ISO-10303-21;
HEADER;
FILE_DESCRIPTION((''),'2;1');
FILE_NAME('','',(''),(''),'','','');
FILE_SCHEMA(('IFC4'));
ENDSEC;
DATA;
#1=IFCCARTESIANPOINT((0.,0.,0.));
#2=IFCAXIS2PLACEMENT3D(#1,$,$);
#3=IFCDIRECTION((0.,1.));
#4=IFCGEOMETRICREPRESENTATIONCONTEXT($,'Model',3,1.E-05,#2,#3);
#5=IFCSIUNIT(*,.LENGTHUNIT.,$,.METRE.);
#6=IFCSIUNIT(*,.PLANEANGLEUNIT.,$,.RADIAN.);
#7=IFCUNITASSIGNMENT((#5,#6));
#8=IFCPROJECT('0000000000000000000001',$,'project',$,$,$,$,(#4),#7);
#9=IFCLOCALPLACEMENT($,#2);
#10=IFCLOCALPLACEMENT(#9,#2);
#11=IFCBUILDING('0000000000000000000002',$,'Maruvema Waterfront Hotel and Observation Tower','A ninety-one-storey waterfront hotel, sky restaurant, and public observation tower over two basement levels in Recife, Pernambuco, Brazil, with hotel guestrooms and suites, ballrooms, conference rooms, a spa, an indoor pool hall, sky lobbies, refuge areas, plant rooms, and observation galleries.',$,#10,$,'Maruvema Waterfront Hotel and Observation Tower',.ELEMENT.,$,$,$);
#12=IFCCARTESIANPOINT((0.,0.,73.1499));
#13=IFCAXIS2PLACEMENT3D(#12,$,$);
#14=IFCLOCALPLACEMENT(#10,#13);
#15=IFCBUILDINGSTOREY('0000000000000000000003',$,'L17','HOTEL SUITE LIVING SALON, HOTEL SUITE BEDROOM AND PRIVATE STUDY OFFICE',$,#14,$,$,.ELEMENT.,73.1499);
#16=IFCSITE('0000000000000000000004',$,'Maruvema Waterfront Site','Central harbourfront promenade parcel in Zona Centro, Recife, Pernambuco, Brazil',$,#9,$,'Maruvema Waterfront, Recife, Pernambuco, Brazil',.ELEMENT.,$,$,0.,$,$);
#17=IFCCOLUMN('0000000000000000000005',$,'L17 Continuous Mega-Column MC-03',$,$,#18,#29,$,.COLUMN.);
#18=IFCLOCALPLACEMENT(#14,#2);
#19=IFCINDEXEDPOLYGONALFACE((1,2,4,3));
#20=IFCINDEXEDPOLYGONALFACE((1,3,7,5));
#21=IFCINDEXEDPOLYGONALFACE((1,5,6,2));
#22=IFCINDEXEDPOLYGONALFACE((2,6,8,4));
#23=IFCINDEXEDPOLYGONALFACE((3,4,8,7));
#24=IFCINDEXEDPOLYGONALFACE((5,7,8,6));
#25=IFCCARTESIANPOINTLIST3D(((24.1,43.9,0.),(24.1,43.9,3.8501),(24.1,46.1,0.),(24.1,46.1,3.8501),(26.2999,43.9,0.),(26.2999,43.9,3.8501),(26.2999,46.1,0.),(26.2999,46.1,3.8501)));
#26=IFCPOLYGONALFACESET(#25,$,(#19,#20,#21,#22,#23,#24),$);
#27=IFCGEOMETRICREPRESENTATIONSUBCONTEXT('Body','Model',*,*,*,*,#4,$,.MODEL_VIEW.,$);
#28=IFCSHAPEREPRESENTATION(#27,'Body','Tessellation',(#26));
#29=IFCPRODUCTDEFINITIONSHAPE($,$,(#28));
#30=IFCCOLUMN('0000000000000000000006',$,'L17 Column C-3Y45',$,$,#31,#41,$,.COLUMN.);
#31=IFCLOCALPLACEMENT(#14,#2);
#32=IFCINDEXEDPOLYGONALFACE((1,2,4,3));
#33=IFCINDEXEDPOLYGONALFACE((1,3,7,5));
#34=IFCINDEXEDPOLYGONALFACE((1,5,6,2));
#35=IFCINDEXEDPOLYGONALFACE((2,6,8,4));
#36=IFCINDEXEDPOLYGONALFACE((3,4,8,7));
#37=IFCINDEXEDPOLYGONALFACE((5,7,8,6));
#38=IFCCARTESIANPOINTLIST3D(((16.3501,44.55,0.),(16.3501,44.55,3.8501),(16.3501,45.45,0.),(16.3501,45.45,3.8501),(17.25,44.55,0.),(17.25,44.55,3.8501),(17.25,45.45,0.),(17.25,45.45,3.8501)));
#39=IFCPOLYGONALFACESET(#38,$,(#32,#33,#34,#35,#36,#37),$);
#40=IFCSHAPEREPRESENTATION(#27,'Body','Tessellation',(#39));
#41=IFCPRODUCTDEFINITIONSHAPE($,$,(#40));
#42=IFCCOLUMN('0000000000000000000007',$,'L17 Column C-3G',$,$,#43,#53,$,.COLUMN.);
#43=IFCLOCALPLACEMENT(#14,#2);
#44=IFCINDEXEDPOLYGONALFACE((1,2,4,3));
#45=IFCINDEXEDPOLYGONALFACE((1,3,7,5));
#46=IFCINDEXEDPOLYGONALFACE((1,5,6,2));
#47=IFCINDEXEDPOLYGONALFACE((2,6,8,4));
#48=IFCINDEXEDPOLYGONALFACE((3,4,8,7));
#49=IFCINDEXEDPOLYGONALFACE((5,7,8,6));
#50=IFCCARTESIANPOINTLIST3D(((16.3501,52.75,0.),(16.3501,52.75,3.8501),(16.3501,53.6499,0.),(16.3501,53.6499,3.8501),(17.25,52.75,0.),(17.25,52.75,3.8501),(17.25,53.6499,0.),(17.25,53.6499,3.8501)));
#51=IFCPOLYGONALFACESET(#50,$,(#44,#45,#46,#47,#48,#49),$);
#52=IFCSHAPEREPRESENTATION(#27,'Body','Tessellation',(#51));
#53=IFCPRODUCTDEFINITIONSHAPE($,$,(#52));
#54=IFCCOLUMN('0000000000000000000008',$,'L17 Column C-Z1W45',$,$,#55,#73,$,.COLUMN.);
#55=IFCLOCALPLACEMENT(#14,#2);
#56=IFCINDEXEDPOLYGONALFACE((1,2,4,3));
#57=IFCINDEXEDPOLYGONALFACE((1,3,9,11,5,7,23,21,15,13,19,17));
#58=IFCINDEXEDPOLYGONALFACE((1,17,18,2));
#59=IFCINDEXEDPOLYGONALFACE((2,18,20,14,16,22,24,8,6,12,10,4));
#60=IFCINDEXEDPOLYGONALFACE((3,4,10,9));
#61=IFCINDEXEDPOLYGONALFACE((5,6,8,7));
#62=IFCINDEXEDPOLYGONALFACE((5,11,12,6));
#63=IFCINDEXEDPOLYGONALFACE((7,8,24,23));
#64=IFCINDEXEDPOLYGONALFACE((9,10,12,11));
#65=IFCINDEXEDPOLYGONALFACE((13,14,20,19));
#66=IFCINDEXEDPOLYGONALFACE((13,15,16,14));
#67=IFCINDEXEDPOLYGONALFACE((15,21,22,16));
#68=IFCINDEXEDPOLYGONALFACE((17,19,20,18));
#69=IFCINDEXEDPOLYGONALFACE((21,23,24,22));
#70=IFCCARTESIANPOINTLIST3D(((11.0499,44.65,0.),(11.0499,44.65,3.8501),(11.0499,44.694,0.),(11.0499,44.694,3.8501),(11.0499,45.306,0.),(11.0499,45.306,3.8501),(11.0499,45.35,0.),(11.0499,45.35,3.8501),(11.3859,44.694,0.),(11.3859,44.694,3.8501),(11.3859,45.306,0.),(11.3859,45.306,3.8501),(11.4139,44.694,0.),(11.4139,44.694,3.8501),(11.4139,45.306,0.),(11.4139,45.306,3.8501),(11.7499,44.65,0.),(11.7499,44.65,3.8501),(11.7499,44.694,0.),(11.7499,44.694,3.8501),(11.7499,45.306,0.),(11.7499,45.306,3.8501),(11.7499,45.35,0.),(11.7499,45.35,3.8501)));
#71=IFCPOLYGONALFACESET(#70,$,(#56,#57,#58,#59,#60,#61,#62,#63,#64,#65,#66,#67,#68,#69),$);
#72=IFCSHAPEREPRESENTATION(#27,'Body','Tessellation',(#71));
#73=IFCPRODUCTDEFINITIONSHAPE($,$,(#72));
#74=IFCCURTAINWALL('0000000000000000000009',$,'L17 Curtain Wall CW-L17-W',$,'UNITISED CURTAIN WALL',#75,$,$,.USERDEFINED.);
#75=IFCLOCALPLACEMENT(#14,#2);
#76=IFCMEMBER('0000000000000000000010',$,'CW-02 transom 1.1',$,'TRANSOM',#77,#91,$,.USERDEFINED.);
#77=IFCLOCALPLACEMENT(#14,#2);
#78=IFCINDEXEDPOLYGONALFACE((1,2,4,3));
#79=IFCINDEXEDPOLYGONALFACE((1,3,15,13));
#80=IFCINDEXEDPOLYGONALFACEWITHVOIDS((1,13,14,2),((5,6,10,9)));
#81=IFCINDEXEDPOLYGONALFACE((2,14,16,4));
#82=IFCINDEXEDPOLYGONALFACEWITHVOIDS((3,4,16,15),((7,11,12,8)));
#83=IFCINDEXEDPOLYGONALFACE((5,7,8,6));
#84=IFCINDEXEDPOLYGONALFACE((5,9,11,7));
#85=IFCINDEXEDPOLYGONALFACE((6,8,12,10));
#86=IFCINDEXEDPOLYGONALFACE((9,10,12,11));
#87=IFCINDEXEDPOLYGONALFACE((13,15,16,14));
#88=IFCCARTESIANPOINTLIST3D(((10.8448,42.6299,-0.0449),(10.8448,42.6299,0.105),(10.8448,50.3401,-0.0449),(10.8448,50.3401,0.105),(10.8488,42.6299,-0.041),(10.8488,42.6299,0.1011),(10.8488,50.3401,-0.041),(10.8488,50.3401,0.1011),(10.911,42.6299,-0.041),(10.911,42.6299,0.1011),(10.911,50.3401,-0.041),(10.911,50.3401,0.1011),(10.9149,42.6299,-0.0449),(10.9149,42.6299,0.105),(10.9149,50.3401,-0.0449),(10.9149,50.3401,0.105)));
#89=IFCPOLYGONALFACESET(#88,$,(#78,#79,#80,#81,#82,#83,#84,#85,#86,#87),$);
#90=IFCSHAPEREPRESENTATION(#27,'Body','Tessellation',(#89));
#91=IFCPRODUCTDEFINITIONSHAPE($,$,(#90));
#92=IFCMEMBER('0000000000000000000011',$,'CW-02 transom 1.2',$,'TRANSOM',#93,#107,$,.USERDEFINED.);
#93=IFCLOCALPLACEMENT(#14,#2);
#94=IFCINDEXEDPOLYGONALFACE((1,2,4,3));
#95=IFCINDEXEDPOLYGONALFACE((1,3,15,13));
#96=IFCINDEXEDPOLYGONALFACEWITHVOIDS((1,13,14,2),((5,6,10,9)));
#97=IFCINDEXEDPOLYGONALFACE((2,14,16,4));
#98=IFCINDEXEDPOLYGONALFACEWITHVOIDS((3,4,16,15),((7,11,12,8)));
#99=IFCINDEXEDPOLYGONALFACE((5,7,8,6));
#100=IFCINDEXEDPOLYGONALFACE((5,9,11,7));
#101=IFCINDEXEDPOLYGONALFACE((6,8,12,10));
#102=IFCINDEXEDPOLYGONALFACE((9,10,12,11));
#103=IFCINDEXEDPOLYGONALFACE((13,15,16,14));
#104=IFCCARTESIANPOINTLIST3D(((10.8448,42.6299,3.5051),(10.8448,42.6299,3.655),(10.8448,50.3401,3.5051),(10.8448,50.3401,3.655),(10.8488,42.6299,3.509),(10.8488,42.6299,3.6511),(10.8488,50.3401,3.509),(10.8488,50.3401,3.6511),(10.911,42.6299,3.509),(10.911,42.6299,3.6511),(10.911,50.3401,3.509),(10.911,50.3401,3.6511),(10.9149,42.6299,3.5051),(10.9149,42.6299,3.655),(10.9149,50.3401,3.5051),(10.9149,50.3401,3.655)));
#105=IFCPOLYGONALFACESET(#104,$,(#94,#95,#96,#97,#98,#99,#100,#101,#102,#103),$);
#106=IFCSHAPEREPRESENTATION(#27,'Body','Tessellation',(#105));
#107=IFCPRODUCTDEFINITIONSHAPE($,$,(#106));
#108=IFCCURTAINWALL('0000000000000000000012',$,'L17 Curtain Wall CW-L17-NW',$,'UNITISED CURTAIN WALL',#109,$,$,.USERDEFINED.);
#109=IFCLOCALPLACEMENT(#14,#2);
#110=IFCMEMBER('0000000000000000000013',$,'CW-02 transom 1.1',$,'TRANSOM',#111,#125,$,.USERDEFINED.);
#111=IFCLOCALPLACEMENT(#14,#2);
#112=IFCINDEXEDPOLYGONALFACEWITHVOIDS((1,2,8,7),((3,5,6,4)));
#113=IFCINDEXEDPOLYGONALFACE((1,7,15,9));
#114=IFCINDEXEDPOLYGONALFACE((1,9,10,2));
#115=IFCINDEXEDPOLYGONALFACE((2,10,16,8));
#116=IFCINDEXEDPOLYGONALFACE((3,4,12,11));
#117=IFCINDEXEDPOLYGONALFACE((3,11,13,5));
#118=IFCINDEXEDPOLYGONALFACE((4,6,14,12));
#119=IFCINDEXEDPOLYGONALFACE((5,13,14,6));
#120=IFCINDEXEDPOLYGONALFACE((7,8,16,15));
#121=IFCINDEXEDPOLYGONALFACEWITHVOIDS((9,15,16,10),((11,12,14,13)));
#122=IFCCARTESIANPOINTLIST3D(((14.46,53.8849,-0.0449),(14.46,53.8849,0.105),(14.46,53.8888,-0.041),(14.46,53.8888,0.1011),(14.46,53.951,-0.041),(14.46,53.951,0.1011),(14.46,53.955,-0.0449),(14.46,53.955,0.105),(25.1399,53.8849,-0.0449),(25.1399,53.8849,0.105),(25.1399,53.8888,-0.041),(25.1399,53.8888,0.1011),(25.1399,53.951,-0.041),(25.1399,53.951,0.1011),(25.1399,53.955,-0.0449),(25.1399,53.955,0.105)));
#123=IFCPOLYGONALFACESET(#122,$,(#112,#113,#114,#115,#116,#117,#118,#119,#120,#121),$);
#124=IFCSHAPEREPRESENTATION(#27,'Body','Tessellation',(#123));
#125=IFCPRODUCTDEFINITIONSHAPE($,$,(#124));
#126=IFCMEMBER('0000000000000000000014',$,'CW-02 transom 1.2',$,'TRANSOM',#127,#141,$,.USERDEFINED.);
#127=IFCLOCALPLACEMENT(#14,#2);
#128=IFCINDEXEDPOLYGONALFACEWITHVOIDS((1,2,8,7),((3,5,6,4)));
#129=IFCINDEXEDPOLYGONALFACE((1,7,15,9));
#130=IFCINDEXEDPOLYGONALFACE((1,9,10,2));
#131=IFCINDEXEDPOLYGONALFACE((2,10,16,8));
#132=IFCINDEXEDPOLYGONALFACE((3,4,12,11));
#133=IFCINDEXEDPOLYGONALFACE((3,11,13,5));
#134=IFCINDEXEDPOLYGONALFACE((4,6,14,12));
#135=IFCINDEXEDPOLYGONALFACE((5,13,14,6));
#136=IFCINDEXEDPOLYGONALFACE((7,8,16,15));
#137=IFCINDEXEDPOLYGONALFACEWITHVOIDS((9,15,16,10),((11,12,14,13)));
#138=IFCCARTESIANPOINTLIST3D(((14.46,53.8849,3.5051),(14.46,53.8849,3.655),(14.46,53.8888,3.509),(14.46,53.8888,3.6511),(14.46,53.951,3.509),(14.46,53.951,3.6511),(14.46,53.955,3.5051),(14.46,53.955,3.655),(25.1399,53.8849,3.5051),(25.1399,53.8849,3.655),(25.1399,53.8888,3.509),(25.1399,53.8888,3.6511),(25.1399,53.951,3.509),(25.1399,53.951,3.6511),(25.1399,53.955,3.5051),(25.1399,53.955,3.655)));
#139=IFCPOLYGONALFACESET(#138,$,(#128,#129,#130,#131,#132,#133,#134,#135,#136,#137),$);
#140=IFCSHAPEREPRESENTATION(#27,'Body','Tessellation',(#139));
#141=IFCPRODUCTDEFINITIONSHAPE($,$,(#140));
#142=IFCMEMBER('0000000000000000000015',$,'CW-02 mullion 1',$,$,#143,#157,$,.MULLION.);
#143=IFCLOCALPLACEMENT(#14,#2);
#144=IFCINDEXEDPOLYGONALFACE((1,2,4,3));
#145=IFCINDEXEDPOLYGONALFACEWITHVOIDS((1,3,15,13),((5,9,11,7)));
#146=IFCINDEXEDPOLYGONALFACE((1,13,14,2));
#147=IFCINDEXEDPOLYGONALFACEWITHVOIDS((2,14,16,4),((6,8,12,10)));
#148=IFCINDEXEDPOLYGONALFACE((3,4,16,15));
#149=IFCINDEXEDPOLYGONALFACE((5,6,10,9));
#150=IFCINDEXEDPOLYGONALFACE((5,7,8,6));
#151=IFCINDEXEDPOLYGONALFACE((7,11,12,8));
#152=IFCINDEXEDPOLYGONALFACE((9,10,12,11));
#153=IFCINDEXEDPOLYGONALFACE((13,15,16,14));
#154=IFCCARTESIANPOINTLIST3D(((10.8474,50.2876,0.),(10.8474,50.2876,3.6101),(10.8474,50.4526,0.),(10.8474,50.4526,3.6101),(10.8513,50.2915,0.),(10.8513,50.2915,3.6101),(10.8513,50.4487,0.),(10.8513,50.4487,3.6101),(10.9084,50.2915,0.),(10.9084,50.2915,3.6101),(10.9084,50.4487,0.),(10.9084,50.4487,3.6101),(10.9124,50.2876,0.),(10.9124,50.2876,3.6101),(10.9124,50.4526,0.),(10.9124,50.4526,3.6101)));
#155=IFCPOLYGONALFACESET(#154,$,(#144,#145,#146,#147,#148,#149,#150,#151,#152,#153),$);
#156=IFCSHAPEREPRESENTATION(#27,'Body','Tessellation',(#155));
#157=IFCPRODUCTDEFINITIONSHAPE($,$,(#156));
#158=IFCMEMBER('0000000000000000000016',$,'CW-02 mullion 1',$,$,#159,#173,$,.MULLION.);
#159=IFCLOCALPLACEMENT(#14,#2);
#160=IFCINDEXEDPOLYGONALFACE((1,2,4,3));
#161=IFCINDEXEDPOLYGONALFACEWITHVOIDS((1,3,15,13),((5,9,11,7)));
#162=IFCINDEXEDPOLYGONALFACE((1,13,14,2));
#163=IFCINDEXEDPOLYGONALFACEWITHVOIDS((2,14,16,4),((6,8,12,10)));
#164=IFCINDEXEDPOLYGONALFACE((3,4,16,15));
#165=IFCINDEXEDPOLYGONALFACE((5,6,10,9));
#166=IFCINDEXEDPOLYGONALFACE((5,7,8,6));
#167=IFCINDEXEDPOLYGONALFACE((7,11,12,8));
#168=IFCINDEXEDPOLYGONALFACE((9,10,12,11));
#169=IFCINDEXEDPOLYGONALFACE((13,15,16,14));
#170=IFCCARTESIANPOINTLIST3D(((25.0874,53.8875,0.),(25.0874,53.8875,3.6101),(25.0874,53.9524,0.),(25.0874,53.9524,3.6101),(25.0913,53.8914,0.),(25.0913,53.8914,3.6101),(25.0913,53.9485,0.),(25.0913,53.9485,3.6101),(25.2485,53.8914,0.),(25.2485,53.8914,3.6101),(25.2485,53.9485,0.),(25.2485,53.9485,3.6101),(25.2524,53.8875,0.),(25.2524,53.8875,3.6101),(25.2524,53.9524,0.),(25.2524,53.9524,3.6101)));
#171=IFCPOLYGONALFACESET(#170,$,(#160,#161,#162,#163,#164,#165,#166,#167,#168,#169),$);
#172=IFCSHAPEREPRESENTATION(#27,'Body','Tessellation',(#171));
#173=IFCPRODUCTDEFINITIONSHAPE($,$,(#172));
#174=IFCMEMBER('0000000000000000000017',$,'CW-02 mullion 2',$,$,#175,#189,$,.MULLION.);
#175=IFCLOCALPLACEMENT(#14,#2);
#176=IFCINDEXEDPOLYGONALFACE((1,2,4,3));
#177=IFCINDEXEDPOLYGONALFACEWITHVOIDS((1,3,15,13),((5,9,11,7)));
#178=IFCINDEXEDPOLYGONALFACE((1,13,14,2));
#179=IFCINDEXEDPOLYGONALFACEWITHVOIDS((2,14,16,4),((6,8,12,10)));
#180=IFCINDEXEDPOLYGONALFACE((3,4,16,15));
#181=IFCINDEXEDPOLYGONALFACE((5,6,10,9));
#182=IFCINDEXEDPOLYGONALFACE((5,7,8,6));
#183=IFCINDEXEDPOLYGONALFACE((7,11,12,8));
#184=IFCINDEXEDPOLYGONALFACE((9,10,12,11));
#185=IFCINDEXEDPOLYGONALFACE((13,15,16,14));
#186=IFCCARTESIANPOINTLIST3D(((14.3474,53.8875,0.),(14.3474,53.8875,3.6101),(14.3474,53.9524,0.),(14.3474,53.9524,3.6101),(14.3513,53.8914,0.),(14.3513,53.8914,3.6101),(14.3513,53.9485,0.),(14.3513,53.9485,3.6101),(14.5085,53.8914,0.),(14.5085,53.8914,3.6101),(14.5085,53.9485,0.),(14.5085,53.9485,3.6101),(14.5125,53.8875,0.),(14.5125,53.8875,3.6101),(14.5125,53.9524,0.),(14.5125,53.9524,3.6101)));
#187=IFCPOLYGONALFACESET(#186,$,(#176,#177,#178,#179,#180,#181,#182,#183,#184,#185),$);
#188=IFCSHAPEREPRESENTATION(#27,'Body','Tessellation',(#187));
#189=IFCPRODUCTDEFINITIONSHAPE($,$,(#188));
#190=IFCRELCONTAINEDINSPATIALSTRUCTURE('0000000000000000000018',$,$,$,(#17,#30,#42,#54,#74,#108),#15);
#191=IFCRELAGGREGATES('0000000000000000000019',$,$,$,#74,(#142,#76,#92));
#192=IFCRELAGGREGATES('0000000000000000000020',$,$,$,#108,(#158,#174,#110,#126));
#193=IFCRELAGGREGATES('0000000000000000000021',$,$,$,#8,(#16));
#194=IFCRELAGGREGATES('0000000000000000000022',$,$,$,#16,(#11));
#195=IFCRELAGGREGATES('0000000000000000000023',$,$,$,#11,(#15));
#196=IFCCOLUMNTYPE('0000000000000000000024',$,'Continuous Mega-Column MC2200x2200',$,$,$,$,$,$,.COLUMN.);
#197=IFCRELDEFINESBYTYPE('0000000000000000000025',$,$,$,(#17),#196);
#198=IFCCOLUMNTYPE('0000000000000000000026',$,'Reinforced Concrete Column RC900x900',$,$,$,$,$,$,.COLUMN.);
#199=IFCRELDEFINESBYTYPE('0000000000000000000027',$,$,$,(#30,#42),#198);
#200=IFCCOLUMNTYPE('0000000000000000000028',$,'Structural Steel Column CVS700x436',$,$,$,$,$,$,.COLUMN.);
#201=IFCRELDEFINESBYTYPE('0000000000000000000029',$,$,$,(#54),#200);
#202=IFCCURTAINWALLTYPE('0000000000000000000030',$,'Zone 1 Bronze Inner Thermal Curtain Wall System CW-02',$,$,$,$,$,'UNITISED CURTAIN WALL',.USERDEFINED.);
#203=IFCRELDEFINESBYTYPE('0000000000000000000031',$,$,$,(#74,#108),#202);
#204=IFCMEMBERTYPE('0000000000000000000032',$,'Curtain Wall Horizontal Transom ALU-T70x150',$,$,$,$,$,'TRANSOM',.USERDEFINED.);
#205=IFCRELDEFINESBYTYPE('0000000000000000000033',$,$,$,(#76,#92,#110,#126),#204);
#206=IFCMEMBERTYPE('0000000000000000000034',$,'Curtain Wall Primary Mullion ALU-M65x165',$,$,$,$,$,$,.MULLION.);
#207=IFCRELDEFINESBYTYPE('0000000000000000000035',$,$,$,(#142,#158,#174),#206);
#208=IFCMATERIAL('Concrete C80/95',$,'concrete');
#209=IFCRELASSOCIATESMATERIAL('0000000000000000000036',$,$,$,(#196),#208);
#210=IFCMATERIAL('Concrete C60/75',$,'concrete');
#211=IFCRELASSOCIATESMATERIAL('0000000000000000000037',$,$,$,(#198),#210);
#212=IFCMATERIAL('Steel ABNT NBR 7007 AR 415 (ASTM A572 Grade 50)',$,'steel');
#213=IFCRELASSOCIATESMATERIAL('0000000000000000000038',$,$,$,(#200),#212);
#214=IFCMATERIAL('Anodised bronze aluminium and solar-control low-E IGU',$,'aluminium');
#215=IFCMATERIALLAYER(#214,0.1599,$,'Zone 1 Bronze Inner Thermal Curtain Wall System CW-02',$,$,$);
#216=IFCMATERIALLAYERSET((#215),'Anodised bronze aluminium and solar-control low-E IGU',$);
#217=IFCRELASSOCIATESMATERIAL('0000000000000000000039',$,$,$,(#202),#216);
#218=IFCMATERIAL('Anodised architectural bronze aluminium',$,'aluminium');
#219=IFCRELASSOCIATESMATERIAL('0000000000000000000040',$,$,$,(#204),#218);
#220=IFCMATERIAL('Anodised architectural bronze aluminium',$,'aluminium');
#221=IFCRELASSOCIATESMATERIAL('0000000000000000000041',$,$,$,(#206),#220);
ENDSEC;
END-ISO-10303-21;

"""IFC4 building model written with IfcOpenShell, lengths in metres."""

from ifc_helpers import new_model, si_unit, direction, frame, origin, origin_2d, place, context, subcontext, project, spatial, rectangle, hollow_rectangle, i_section, extrude, material, layer, layer_set, material_profile, profile_set, type_object, element, aggregate, save


model = new_model("IFC4")

# Units and contexts
model_context = context("Model", 3, precision=1e-05, world=origin(), true_north=direction((0.0, 1.0)))
body_context = subcontext(model_context, "Body", "Model", "MODEL_VIEW")
ifc_project = project(units=[si_unit("LENGTHUNIT", "METRE"), si_unit("PLANEANGLEUNIT", "RADIAN")], contexts=[model_context])

# Site, building, storey
site_placement = place(None, origin())
site = spatial("IfcSite", under=ifc_project, at=site_placement, Name="Maruvema Waterfront Site", Description="Central harbourfront promenade parcel in Zona Centro, Recife, Pernambuco, Brazil", LongName="Maruvema Waterfront, Recife, Pernambuco, Brazil", CompositionType="ELEMENT", RefElevation=0.0)
building_placement = place(site_placement, origin())
building = spatial("IfcBuilding", under=site, at=building_placement, Name="Maruvema Waterfront Hotel and Observation Tower", Description="A ninety-one-storey waterfront hotel, sky restaurant, and public observation tower over two basement levels in Recife, Pernambuco, Brazil, with hotel guestrooms and suites, ballrooms, conference rooms, a spa, an indoor pool hall, sky lobbies, refuge areas, plant rooms, and observation galleries.", LongName="Maruvema Waterfront Hotel and Observation Tower", CompositionType="ELEMENT")
storey_placement = place(building_placement, frame((0.0, 0.0, 73.1499)))
storey = spatial("IfcBuildingStorey", under=building, at=storey_placement, Name="L17", Description="HOTEL SUITE LIVING SALON, HOTEL SUITE BEDROOM AND PRIVATE STUDY OFFICE", CompositionType="ELEMENT", Elevation=73.1499)

# Columns
ifc_material_1 = material(Name="Concrete C80/95", Category="concrete")
ifc_material_profile_1 = material_profile(ifc_material_1, rectangle(XDim=2.2, YDim=2.2, at=origin_2d()), Name="MC2200x2200")
ifc_profile_set_1 = profile_set([ifc_material_profile_1], Name="Concrete C80/95")
column_type_1 = type_object("IfcColumnType", Name="Continuous Mega-Column MC2200x2200", PredefinedType="COLUMN", material=ifc_profile_set_1)
column_1_placement = place(storey_placement, frame((25.2, 45.0, 0.0), z_axis=(0.0, 0.0, 1.0), x_axis=(1.0, 0.0, 0.0)))
element("IfcColumn", 1, at=column_1_placement, inside=storey, type_object=column_type_1, Name="L17 Continuous Mega-Column MC-03", PredefinedType="COLUMN", context=body_context, shape_type="SweptSolid", body=[
    extrude(rectangle(XDim=2.2, YDim=2.2, at=origin_2d()), origin(), (0.0, 0.0, 1.0), 3.8501),
])
ifc_material_2 = material(Name="Concrete C60/75", Category="concrete")
ifc_material_profile_2 = material_profile(ifc_material_2, rectangle(XDim=0.8999, YDim=0.8999, at=origin_2d()), Name="RC900x900")
ifc_profile_set_2 = profile_set([ifc_material_profile_2], Name="Concrete C60/75")
column_type_2 = type_object("IfcColumnType", Name="Reinforced Concrete Column RC900x900", PredefinedType="COLUMN", material=ifc_profile_set_2)
for number, where, z_axis, x_axis, name in (
    (2, (16.8, 45.0, 0.0), (0.0, 0.0, 1.0), (1.0, 0.0, 0.0), "L17 Column C-3Y45"),
    (3, (16.8, 53.2, 0.0), (0.0, 0.0, 1.0), (1.0, 0.0, 0.0), "L17 Column C-3G"),
):
    element("IfcColumn", number, at=place(storey_placement, frame(where, z_axis=z_axis, x_axis=x_axis)), inside=storey, type_object=column_type_2, Name=name, PredefinedType="COLUMN", context=body_context, shape_type="SweptSolid", body=[
        extrude(rectangle(XDim=0.8999, YDim=0.8999, at=origin_2d()), origin(), (0.0, 0.0, 1.0), 3.8501),
    ])
ifc_material_3 = material(Name="Steel ABNT NBR 7007 AR 415 (ASTM A572 Grade 50)", Category="steel")
ifc_material_profile_3 = material_profile(ifc_material_3, i_section(OverallWidth=0.7, OverallDepth=0.7, WebThickness=0.0281, FlangeThickness=0.0439, at=origin_2d()), Name="CVS700x436")
ifc_profile_set_3 = profile_set([ifc_material_profile_3], Name="Steel ABNT NBR 7007 AR 415 (ASTM A572 Grade 50)")
column_type_3 = type_object("IfcColumnType", Name="Structural Steel Column CVS700x436", PredefinedType="COLUMN", material=ifc_profile_set_3)
column_2_placement = place(storey_placement, frame((11.3999, 45.0, 0.0), z_axis=(0.0, 0.0, 1.0), x_axis=(1.0, 0.0, 0.0)))
element("IfcColumn", 4, at=column_2_placement, inside=storey, type_object=column_type_3, Name="L17 Column C-Z1W45", PredefinedType="COLUMN", context=body_context, shape_type="SweptSolid", body=[
    extrude(i_section(OverallWidth=0.7, OverallDepth=0.7, WebThickness=0.0281, FlangeThickness=0.0439, at=origin_2d()), origin(), (0.0, 0.0, 1.0), 3.8501),
])

# Curtain walls, members
ifc_material_4 = material(Name="Anodised bronze aluminium and solar-control low-E IGU", Category="aluminium")
ifc_layer_1 = layer(ifc_material_4, 0.1599, Name="Zone 1 Bronze Inner Thermal Curtain Wall System CW-02")
ifc_layer_set_1 = layer_set([ifc_layer_1], Name="Anodised bronze aluminium and solar-control low-E IGU")
curtain_wall_type = type_object("IfcCurtainWallType", Name="Zone 1 Bronze Inner Thermal Curtain Wall System CW-02", ElementType="UNITISED CURTAIN WALL", PredefinedType="USERDEFINED", material=ifc_layer_set_1)
curtain_wall_1_placement = place(storey_placement, origin())
curtain_wall_1 = element("IfcCurtainWall", 5, at=curtain_wall_1_placement, inside=storey, type_object=curtain_wall_type, Name="L17 Curtain Wall CW-L17-W", ObjectType="UNITISED CURTAIN WALL", PredefinedType="USERDEFINED")
ifc_material_5 = material(Name="Anodised architectural bronze aluminium", Category="aluminium")
ifc_material_profile_4 = material_profile(ifc_material_5, hollow_rectangle(XDim=0.0701, YDim=0.1499, WallThickness=0.0039, at=origin_2d()), Name="ALU-T70x150")
ifc_profile_set_4 = profile_set([ifc_material_profile_4], Name="Anodised architectural bronze aluminium")
member_type_1 = type_object("IfcMemberType", Name="Curtain Wall Horizontal Transom ALU-T70x150", ElementType="TRANSOM", PredefinedType="USERDEFINED", material=ifc_profile_set_4)
member_1_placement = place(storey_placement, frame((10.8799, 50.3401, 0.03), z_axis=(0.0, -1.0, 0.0), x_axis=(1.0, 0.0, 0.0)))
member_1 = element("IfcMember", 6, at=member_1_placement, type_object=member_type_1, Name="CW-02 transom 1.1", ObjectType="TRANSOM", PredefinedType="USERDEFINED", context=body_context, shape_type="SweptSolid", body=[
    extrude(hollow_rectangle(XDim=0.0701, YDim=0.1499, WallThickness=0.0039, at=origin_2d()), origin(), (0.0, 0.0, 1.0), 7.7102),
])
member_2_placement = place(storey_placement, frame((10.8799, 50.3401, 3.5801), z_axis=(0.0, -1.0, 0.0), x_axis=(1.0, 0.0, 0.0)))
member_2 = element("IfcMember", 7, at=member_2_placement, type_object=member_type_1, Name="CW-02 transom 1.2", ObjectType="TRANSOM", PredefinedType="USERDEFINED", context=body_context, shape_type="SweptSolid", body=[
    extrude(hollow_rectangle(XDim=0.0701, YDim=0.1499, WallThickness=0.0039, at=origin_2d()), origin(), (0.0, 0.0, 1.0), 7.7102),
])
curtain_wall_2_placement = place(storey_placement, origin())
curtain_wall_2 = element("IfcCurtainWall", 8, at=curtain_wall_2_placement, inside=storey, type_object=curtain_wall_type, Name="L17 Curtain Wall CW-L17-NW", ObjectType="UNITISED CURTAIN WALL", PredefinedType="USERDEFINED")
member_3_placement = place(storey_placement, frame((25.1399, 53.9199, 0.03), z_axis=(-1.0, 0.0, 0.0), x_axis=(0.0, -1.0, 0.0)))
member_3 = element("IfcMember", 9, at=member_3_placement, type_object=member_type_1, Name="CW-02 transom 1.1", ObjectType="TRANSOM", PredefinedType="USERDEFINED", context=body_context, shape_type="SweptSolid", body=[
    extrude(hollow_rectangle(XDim=0.0701, YDim=0.1499, WallThickness=0.0039, at=origin_2d()), origin(), (0.0, 0.0, 1.0), 10.6799),
])
member_4_placement = place(storey_placement, frame((25.1399, 53.9199, 3.5801), z_axis=(-1.0, 0.0, 0.0), x_axis=(0.0, -1.0, 0.0)))
member_4 = element("IfcMember", 10, at=member_4_placement, type_object=member_type_1, Name="CW-02 transom 1.2", ObjectType="TRANSOM", PredefinedType="USERDEFINED", context=body_context, shape_type="SweptSolid", body=[
    extrude(hollow_rectangle(XDim=0.0701, YDim=0.1499, WallThickness=0.0039, at=origin_2d()), origin(), (0.0, 0.0, 1.0), 10.6799),
])

# Members
ifc_material_6 = material(Name="Anodised architectural bronze aluminium", Category="aluminium")
ifc_material_profile_5 = material_profile(ifc_material_6, hollow_rectangle(XDim=0.0649, YDim=0.165, WallThickness=0.0039, at=origin_2d()), Name="ALU-M65x165")
ifc_profile_set_5 = profile_set([ifc_material_profile_5], Name="Anodised architectural bronze aluminium")
member_type_2 = type_object("IfcMemberType", Name="Curtain Wall Primary Mullion ALU-M65x165", PredefinedType="MULLION", material=ifc_profile_set_5)
member_5_placement = place(storey_placement, frame((10.8799, 50.3701, 0.0), z_axis=(0.0, 0.0, 1.0), x_axis=(1.0, 0.0, 0.0)))
member_5 = element("IfcMember", 11, at=member_5_placement, type_object=member_type_2, Name="CW-02 mullion 1", PredefinedType="MULLION", context=body_context, shape_type="SweptSolid", body=[
    extrude(hollow_rectangle(XDim=0.0649, YDim=0.165, WallThickness=0.0039, at=origin_2d()), origin(), (0.0, 0.0, 1.0), 3.6101),
])
member_6_placement = place(storey_placement, frame((25.1699, 53.9199, 0.0), z_axis=(0.0, 0.0, 1.0), x_axis=(0.0, -1.0, 0.0)))
member_6 = element("IfcMember", 12, at=member_6_placement, type_object=member_type_2, Name="CW-02 mullion 1", PredefinedType="MULLION", context=body_context, shape_type="SweptSolid", body=[
    extrude(hollow_rectangle(XDim=0.0649, YDim=0.165, WallThickness=0.0039, at=origin_2d()), origin(), (0.0, 0.0, 1.0), 3.6101),
])
member_7_placement = place(storey_placement, frame((14.4299, 53.9199, 0.0), z_axis=(0.0, 0.0, 1.0), x_axis=(0.0, -1.0, 0.0)))
member_7 = element("IfcMember", 13, at=member_7_placement, type_object=member_type_2, Name="CW-02 mullion 2", PredefinedType="MULLION", context=body_context, shape_type="SweptSolid", body=[
    extrude(hollow_rectangle(XDim=0.0649, YDim=0.165, WallThickness=0.0039, at=origin_2d()), origin(), (0.0, 0.0, 1.0), 3.6101),
])

aggregate(curtain_wall_1, [member_5, member_1, member_2])
aggregate(curtain_wall_2, [member_6, member_7, member_3, member_4])

save(model, "model.ifc")
